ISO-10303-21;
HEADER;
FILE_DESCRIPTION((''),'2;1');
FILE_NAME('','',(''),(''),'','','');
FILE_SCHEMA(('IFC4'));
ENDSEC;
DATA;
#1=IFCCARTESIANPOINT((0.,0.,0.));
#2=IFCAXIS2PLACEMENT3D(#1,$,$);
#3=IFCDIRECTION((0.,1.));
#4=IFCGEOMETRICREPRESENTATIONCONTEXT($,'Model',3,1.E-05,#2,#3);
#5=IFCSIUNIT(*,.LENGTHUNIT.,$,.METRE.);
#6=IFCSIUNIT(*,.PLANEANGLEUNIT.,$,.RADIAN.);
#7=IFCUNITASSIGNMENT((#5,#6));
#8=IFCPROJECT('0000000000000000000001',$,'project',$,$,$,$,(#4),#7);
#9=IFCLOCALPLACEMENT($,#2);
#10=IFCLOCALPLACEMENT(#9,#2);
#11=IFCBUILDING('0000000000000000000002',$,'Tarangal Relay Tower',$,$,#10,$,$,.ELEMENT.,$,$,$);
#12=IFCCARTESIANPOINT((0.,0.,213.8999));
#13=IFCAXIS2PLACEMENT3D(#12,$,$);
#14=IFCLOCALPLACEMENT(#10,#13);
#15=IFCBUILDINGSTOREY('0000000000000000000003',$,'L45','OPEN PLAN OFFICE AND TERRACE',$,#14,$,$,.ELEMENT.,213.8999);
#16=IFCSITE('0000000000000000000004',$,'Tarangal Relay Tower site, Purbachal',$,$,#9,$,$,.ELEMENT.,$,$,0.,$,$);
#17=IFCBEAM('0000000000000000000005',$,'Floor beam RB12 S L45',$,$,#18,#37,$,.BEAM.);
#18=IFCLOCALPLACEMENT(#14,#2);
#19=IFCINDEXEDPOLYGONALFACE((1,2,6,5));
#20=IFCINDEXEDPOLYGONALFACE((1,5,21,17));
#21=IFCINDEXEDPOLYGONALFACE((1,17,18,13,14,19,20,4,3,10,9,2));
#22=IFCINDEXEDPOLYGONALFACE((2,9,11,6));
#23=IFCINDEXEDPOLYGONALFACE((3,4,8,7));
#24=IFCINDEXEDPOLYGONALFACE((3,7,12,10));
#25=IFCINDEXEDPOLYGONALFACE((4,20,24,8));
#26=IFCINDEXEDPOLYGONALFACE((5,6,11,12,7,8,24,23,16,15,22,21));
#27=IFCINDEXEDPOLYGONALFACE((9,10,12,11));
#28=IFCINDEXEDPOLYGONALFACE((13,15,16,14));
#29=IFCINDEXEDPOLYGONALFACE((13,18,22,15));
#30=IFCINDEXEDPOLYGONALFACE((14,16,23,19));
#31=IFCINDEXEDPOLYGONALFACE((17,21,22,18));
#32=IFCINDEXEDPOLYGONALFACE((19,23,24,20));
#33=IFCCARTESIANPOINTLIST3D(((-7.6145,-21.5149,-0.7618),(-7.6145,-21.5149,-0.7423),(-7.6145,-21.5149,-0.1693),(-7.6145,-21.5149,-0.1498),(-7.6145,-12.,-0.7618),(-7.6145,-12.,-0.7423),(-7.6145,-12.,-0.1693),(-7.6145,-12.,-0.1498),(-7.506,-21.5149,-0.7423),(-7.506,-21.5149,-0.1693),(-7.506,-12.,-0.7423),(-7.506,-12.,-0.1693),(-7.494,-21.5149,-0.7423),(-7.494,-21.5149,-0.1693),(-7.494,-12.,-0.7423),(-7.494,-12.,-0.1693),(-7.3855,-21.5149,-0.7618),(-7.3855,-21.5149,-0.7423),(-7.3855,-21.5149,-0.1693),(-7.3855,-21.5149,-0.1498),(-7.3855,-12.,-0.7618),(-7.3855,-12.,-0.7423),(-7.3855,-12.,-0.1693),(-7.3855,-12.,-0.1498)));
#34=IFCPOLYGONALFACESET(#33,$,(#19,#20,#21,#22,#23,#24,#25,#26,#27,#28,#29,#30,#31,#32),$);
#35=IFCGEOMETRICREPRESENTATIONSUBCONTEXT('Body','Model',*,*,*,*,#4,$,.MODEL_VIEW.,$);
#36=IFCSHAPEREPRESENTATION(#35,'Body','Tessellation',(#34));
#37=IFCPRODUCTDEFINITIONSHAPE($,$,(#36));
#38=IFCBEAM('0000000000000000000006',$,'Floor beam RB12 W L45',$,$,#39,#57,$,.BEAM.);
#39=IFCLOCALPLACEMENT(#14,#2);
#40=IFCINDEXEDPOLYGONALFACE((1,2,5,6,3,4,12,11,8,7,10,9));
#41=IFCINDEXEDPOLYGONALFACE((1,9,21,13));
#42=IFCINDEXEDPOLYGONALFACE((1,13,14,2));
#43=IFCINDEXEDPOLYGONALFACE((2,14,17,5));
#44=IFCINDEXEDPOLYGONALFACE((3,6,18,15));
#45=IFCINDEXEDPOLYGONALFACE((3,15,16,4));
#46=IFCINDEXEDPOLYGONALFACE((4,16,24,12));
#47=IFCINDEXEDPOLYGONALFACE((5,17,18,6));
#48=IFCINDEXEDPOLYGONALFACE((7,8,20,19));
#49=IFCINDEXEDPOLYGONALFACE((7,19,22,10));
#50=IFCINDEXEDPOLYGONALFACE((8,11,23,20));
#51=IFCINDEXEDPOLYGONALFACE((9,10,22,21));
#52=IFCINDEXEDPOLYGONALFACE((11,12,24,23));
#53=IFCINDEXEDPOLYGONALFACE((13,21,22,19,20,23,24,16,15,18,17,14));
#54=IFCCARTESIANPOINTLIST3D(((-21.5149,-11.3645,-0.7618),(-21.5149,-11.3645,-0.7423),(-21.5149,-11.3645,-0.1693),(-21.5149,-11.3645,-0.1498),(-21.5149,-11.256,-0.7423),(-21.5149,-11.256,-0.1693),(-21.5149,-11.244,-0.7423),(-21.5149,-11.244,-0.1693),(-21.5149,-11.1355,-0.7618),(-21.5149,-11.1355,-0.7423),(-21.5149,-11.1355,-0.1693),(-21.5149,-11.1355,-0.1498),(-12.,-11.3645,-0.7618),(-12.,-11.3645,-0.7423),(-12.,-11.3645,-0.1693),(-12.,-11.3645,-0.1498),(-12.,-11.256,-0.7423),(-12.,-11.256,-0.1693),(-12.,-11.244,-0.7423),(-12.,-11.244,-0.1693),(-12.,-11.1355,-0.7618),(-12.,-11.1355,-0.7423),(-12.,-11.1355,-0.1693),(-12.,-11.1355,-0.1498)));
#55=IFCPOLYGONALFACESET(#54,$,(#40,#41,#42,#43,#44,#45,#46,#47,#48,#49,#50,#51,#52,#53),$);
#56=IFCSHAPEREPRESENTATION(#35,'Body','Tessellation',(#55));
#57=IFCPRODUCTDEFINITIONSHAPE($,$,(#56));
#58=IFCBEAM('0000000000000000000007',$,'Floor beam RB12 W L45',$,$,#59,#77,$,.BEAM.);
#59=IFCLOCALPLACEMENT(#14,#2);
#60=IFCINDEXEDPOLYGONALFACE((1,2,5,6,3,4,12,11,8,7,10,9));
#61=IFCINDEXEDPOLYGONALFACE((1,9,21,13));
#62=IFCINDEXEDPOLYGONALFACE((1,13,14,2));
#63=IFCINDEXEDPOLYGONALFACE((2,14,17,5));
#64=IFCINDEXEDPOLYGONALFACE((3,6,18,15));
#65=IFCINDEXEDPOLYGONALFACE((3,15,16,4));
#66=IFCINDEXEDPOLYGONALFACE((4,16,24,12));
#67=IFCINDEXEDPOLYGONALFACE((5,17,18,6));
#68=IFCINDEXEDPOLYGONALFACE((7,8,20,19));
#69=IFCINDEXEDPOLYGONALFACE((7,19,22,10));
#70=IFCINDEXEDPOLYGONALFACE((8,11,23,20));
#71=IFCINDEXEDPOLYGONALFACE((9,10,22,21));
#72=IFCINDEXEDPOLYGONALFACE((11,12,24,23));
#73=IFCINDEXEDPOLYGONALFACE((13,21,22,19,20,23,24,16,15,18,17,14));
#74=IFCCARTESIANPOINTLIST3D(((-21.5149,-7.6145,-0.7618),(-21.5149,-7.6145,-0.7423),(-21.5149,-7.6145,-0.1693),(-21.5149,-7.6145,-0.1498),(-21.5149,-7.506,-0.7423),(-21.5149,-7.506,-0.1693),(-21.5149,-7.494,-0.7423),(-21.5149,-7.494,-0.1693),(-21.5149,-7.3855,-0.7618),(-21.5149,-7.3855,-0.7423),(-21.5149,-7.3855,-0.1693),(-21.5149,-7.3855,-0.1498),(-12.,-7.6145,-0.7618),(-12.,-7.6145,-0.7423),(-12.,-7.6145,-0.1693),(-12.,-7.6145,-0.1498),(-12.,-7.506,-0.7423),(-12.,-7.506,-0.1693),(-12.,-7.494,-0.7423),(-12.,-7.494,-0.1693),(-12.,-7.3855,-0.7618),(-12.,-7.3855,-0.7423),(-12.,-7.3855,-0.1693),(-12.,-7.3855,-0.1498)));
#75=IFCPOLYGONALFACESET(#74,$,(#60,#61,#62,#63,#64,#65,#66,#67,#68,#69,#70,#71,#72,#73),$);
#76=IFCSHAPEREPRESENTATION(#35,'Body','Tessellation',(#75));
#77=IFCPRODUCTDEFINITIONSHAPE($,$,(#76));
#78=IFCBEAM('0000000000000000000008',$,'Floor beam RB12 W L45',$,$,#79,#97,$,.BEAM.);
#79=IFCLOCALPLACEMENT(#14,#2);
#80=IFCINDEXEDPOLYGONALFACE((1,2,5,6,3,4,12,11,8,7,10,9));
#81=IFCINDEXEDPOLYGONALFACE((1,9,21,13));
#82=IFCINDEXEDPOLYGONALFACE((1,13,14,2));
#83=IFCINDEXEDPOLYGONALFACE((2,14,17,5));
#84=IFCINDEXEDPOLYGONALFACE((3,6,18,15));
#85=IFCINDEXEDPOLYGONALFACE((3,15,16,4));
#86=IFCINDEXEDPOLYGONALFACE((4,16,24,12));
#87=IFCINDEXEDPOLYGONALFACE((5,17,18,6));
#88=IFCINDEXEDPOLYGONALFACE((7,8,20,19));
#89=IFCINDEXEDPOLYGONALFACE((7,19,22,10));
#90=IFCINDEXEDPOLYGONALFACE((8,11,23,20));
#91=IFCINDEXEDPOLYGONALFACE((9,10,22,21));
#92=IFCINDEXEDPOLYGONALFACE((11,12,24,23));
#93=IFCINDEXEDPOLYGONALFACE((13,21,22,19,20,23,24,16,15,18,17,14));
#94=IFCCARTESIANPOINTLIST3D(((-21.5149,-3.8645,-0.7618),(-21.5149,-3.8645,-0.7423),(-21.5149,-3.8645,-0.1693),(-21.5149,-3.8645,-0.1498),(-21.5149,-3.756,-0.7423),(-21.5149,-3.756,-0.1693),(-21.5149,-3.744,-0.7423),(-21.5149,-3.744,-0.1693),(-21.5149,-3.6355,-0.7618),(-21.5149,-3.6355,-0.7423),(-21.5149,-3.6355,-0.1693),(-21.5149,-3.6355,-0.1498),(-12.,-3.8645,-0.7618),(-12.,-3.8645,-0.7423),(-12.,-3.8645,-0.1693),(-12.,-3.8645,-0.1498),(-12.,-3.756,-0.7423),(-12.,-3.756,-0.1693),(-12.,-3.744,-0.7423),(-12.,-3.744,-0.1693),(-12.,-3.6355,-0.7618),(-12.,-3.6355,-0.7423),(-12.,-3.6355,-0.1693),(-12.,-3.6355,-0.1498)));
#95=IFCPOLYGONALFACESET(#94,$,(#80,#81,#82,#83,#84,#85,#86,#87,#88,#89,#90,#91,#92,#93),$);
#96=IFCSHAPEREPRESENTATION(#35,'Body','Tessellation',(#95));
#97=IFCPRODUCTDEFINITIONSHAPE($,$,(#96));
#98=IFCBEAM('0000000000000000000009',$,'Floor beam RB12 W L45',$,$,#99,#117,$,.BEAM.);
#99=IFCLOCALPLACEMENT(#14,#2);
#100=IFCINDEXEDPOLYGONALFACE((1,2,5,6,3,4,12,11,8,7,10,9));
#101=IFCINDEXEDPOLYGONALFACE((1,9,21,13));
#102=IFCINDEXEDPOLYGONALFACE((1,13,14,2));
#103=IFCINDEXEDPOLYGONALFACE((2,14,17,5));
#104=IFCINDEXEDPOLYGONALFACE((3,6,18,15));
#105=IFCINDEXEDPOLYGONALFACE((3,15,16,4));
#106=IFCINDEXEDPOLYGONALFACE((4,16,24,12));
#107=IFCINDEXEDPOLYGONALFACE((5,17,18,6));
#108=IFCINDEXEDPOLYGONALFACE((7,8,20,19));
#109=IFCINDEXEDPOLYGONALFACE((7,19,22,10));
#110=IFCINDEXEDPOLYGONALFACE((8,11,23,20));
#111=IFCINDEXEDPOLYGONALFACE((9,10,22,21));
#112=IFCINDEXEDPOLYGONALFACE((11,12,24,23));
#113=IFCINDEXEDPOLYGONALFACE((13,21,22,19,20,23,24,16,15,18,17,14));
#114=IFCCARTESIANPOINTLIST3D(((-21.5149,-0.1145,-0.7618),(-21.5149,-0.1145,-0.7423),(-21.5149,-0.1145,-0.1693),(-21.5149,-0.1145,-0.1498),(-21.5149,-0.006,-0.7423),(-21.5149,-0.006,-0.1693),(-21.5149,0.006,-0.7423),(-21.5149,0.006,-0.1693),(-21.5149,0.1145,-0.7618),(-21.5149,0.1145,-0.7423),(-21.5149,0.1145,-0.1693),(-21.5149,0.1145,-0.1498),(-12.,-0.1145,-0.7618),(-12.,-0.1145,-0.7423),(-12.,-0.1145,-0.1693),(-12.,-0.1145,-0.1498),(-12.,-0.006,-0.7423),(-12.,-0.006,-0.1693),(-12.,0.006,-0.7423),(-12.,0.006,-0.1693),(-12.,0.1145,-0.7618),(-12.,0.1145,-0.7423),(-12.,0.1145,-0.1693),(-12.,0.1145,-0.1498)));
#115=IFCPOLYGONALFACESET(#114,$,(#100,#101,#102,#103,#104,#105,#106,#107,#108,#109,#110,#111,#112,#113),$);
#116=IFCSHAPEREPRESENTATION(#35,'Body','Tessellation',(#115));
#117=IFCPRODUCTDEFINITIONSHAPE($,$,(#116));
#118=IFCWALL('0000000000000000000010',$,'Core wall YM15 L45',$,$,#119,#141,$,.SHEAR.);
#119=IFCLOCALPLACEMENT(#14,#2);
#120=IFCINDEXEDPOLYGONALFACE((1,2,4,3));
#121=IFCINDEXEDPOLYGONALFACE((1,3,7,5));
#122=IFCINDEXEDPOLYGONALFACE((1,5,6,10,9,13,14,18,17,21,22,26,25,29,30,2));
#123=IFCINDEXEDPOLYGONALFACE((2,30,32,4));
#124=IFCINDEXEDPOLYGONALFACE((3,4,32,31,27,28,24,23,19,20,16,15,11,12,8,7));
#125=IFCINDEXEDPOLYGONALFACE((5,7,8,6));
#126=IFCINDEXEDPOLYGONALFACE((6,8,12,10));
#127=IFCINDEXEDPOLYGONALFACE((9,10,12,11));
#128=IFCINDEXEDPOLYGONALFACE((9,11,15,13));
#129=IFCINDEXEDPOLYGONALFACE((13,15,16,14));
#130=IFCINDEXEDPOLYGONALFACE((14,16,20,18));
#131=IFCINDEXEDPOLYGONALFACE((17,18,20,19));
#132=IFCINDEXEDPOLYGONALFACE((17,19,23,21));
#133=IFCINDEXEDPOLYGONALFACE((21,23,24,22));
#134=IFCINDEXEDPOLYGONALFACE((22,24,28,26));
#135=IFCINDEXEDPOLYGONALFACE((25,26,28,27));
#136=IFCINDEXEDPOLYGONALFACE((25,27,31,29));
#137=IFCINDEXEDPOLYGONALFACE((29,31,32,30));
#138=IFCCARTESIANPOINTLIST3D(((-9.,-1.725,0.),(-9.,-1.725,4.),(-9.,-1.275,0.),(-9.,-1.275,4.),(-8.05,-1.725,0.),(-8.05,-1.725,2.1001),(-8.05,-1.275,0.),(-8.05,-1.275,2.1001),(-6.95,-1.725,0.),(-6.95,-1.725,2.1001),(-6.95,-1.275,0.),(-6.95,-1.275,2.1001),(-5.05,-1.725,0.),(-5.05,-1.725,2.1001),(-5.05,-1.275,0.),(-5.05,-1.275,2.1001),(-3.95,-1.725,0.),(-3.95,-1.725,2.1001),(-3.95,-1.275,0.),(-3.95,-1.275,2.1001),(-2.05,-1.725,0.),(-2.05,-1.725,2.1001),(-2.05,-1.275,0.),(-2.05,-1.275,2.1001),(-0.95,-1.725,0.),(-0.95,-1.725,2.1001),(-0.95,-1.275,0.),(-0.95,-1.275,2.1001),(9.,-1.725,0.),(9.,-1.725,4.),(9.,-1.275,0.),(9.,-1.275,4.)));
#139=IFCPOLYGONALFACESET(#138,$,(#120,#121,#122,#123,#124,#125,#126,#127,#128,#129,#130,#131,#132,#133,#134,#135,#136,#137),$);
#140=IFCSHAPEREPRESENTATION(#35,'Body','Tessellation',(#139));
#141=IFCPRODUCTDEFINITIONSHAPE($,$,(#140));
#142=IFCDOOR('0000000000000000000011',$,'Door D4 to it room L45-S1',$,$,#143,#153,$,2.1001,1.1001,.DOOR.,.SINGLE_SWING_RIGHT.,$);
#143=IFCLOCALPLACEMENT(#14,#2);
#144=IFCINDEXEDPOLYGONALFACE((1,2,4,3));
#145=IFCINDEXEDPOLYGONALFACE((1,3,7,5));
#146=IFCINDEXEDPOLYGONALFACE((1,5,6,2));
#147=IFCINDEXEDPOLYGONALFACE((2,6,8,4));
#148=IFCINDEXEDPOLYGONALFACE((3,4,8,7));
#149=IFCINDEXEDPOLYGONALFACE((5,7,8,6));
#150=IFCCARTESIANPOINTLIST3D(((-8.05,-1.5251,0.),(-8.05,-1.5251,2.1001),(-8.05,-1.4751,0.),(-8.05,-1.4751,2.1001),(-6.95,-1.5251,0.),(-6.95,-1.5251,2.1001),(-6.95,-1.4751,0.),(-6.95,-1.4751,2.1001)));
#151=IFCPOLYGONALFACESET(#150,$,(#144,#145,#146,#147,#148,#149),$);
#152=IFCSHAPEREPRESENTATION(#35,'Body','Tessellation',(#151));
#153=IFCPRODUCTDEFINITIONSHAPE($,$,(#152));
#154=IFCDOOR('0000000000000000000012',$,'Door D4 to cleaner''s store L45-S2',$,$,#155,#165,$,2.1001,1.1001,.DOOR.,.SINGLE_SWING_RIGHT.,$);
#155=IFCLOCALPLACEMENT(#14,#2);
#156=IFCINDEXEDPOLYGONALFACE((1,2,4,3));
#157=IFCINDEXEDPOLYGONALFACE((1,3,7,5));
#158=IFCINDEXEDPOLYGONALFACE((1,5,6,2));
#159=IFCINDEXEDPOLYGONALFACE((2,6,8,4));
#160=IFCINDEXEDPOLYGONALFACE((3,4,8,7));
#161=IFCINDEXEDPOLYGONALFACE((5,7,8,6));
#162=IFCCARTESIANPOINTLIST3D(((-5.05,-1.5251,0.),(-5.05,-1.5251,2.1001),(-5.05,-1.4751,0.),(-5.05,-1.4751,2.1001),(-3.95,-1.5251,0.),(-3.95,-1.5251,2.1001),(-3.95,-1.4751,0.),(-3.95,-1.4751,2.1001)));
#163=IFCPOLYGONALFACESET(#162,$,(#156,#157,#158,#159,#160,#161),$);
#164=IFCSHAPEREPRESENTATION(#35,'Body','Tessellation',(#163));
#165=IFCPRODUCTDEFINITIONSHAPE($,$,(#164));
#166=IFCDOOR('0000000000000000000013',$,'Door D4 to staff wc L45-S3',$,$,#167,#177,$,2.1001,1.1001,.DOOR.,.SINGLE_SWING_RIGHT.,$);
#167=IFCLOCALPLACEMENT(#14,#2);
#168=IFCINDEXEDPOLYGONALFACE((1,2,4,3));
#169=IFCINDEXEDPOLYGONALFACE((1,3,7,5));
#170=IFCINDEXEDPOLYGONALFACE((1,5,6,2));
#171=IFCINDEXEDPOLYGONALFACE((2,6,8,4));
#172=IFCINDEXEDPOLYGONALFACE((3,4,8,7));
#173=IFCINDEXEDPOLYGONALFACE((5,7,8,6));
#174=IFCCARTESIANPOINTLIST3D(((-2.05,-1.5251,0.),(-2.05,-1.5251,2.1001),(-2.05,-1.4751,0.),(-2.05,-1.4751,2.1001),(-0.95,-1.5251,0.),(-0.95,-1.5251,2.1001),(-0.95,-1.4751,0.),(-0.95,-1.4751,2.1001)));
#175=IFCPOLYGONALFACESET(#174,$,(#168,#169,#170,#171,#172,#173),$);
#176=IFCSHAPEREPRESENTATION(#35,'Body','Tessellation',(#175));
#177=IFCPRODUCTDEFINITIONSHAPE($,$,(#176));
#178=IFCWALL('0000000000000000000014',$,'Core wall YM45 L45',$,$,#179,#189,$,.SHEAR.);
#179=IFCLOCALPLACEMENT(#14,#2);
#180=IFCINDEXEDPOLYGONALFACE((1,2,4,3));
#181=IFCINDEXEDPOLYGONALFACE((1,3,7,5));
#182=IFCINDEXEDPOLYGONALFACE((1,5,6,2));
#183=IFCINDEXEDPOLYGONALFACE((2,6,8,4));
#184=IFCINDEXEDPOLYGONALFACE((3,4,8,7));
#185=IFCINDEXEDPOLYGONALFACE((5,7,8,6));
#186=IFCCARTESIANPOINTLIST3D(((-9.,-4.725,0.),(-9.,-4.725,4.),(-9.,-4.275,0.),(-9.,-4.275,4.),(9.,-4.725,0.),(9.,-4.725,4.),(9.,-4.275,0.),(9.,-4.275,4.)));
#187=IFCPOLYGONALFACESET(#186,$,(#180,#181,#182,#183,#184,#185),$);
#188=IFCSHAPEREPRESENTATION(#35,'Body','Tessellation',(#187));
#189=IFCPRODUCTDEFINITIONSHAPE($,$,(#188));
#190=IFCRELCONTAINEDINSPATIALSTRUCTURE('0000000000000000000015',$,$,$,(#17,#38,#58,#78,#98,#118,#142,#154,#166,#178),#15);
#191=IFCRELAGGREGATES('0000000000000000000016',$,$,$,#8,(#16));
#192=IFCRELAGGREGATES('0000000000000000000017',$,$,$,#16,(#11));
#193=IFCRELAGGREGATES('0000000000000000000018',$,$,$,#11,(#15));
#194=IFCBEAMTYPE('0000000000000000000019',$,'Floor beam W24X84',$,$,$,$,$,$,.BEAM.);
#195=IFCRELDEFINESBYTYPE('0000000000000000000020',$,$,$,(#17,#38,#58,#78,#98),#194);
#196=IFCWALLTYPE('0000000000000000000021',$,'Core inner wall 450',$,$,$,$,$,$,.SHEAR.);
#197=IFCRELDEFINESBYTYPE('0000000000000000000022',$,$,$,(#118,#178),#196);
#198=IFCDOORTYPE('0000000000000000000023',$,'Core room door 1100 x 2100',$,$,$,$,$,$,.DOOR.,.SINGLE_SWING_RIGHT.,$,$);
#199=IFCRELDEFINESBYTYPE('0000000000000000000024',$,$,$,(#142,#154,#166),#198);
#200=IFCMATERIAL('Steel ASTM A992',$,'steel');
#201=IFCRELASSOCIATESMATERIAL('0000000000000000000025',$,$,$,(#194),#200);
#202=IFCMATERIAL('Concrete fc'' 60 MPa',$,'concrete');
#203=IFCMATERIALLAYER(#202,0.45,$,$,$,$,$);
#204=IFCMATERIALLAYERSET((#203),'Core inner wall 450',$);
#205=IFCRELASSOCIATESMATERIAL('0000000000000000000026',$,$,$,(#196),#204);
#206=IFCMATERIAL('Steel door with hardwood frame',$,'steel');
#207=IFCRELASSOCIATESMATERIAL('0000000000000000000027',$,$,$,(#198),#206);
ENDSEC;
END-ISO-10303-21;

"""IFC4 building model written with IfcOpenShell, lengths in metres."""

from ifc_helpers import new_model, si_unit, direction, frame, frame_2d, origin, origin_2d, place, context, subcontext, project, spatial, rectangle, i_section, extrude, material, layer, layer_set, material_profile, profile_set, type_object, element, fill, save


model = new_model("IFC4")

# Units and contexts
model_context = context("Model", 3, precision=1e-05, world=origin(), true_north=direction((0.0, 1.0)))
body_context = subcontext(model_context, "Body", "Model", "MODEL_VIEW")
ifc_project = project(units=[si_unit("LENGTHUNIT", "METRE"), si_unit("PLANEANGLEUNIT", "RADIAN")], contexts=[model_context])

# Site, building, storey
site_placement = place(None, origin())
site = spatial("IfcSite", under=ifc_project, at=site_placement, Name="Tarangal Relay Tower site, Purbachal", CompositionType="ELEMENT", RefElevation=0.0)
building_placement = place(site_placement, origin())
building = spatial("IfcBuilding", under=site, at=building_placement, Name="Tarangal Relay Tower", CompositionType="ELEMENT")
storey_placement = place(building_placement, frame((0.0, 0.0, 213.8999)))
storey = spatial("IfcBuildingStorey", under=building, at=storey_placement, Name="L45", Description="OPEN PLAN OFFICE AND TERRACE", CompositionType="ELEMENT", Elevation=213.8999)

# Beams
ifc_material_1 = material(Name="Steel ASTM A992", Category="steel")
ifc_material_profile = material_profile(ifc_material_1, i_section(OverallWidth=0.229, OverallDepth=0.6121, WebThickness=0.012, FlangeThickness=0.0195, at=origin_2d()), Name="W24X84")
ifc_profile_set = profile_set([ifc_material_profile], Name="Steel ASTM A992")
beam_type = type_object("IfcBeamType", Name="Floor beam W24X84", PredefinedType="BEAM", material=ifc_profile_set)
for number, where, z_axis, x_axis, name in (
    (1, (-7.5, -12.0, -0.4558), (0.0, -1.0, 0.0), (1.0, 0.0, 0.0), "Floor beam RB12 S L45"),
    (2, (-12.0, -11.25, -0.4558), (-1.0, 0.0, 0.0), (0.0, -1.0, 0.0), "Floor beam RB12 W L45"),
    (3, (-12.0, -7.5, -0.4558), (-1.0, 0.0, 0.0), (0.0, -1.0, 0.0), "Floor beam RB12 W L45"),
    (4, (-12.0, -3.75, -0.4558), (-1.0, 0.0, 0.0), (0.0, -1.0, 0.0), "Floor beam RB12 W L45"),
    (5, (-12.0, 0.0, -0.4558), (-1.0, 0.0, 0.0), (0.0, -1.0, 0.0), "Floor beam RB12 W L45"),
):
    element("IfcBeam", number, at=place(storey_placement, frame(where, z_axis=z_axis, x_axis=x_axis)), inside=storey, type_object=beam_type, Name=name, PredefinedType="BEAM", context=body_context, shape_type="SweptSolid", body=[
        extrude(i_section(OverallWidth=0.229, OverallDepth=0.6121, WebThickness=0.012, FlangeThickness=0.0195, at=origin_2d()), origin(), (0.0, 0.0, 1.0), 9.5149),
    ])

# Wall, openings, doors
ifc_material_2 = material(Name="Concrete fc' 60 MPa", Category="concrete")
ifc_layer_1 = layer(ifc_material_2, 0.45)
ifc_layer_set_1 = layer_set([ifc_layer_1], Name="Core inner wall 450")
wall_type_1 = type_object("IfcWallType", Name="Core inner wall 450", PredefinedType="SHEAR", material=ifc_layer_set_1)
wall_1_placement = place(storey_placement, frame((-9.0, -1.5, 0.0), z_axis=(0.0, 0.0, 1.0), x_axis=(1.0, 0.0, 0.0)))
wall_1 = element("IfcWall", 6, at=wall_1_placement, inside=storey, type_object=wall_type_1, Name="Core wall YM15 L45", PredefinedType="SHEAR", context=body_context, shape_type="SweptSolid", body=[
    extrude(rectangle(XDim=18.0, YDim=0.45, at=frame_2d((9.0, 0.0))), origin(), (0.0, 0.0, 1.0), 4.0),
])
opening_1_placement = place(wall_1_placement, frame((0.95, 0.0, 0.0)))
opening_1 = element("IfcOpeningElement", 7, at=opening_1_placement, cuts=wall_1, PredefinedType="OPENING", context=body_context, shape_type="SweptSolid", body=[
    extrude(rectangle(XDim=1.1001, YDim=2.1001, at=frame_2d((0.55, 1.05))), frame((0.0, 0.2349, 0.0), z_axis=(0.0, -1.0, 0.0), x_axis=(1.0, 0.0, 0.0)), (0.0, 0.0, 1.0), 0.47),
])
opening_2_placement = place(wall_1_placement, frame((3.95, 0.0, 0.0)))
opening_2 = element("IfcOpeningElement", 8, at=opening_2_placement, cuts=wall_1, PredefinedType="OPENING", context=body_context, shape_type="SweptSolid", body=[
    extrude(rectangle(XDim=1.1001, YDim=2.1001, at=frame_2d((0.55, 1.05))), frame((0.0, 0.2349, 0.0), z_axis=(0.0, -1.0, 0.0), x_axis=(1.0, 0.0, 0.0)), (0.0, 0.0, 1.0), 0.47),
])
opening_3_placement = place(wall_1_placement, frame((6.95, 0.0, 0.0)))
opening_3 = element("IfcOpeningElement", 9, at=opening_3_placement, cuts=wall_1, PredefinedType="OPENING", context=body_context, shape_type="SweptSolid", body=[
    extrude(rectangle(XDim=1.1001, YDim=2.1001, at=frame_2d((0.55, 1.05))), frame((0.0, 0.2349, 0.0), z_axis=(0.0, -1.0, 0.0), x_axis=(1.0, 0.0, 0.0)), (0.0, 0.0, 1.0), 0.47),
])
ifc_material_3 = material(Name="Steel door with hardwood frame", Category="steel")
door_type_1 = type_object("IfcDoorType", Name="Core room door 1100 x 2100", OperationType="SINGLE_SWING_RIGHT", PredefinedType="DOOR", material=ifc_material_3)
door_1_placement = place(opening_1_placement, origin())
door_1 = element("IfcDoor", 10, at=door_1_placement, inside=storey, type_object=door_type_1, Name="Door D4 to it room L45-S1", OperationType="SINGLE_SWING_RIGHT", OverallHeight=2.1001, OverallWidth=1.1001, PredefinedType="DOOR", context=body_context, shape_type="SweptSolid", body=[
    extrude(rectangle(XDim=1.1001, YDim=2.1001, at=frame_2d((0.55, 1.05))), frame((0.0, 0.0249, 0.0), z_axis=(0.0, -1.0, 0.0), x_axis=(1.0, 0.0, 0.0)), (0.0, 0.0, 1.0), 0.05),
])
fill(opening_1, door_1)
door_2_placement = place(opening_2_placement, origin())
door_2 = element("IfcDoor", 11, at=door_2_placement, inside=storey, type_object=door_type_1, Name="Door D4 to cleaner's store L45-S2", OperationType="SINGLE_SWING_RIGHT", OverallHeight=2.1001, OverallWidth=1.1001, PredefinedType="DOOR", context=body_context, shape_type="SweptSolid", body=[
    extrude(rectangle(XDim=1.1001, YDim=2.1001, at=frame_2d((0.55, 1.05))), frame((0.0, 0.0249, 0.0), z_axis=(0.0, -1.0, 0.0), x_axis=(1.0, 0.0, 0.0)), (0.0, 0.0, 1.0), 0.05),
])
fill(opening_2, door_2)
door_3_placement = place(opening_3_placement, origin())
door_3 = element("IfcDoor", 12, at=door_3_placement, inside=storey, type_object=door_type_1, Name="Door D4 to staff wc L45-S3", OperationType="SINGLE_SWING_RIGHT", OverallHeight=2.1001, OverallWidth=1.1001, PredefinedType="DOOR", context=body_context, shape_type="SweptSolid", body=[
    extrude(rectangle(XDim=1.1001, YDim=2.1001, at=frame_2d((0.55, 1.05))), frame((0.0, 0.0249, 0.0), z_axis=(0.0, -1.0, 0.0), x_axis=(1.0, 0.0, 0.0)), (0.0, 0.0, 1.0), 0.05),
])
fill(opening_3, door_3)

# Wall
wall_2_placement = place(storey_placement, frame((-9.0, -4.5, 0.0), z_axis=(0.0, 0.0, 1.0), x_axis=(1.0, 0.0, 0.0)))
element("IfcWall", 13, at=wall_2_placement, inside=storey, type_object=wall_type_1, Name="Core wall YM45 L45", PredefinedType="SHEAR", context=body_context, shape_type="SweptSolid", body=[
    extrude(rectangle(XDim=18.0, YDim=0.45, at=frame_2d((9.0, 0.0))), origin(), (0.0, 0.0, 1.0), 4.0),
])

save(model, "model.ifc")
